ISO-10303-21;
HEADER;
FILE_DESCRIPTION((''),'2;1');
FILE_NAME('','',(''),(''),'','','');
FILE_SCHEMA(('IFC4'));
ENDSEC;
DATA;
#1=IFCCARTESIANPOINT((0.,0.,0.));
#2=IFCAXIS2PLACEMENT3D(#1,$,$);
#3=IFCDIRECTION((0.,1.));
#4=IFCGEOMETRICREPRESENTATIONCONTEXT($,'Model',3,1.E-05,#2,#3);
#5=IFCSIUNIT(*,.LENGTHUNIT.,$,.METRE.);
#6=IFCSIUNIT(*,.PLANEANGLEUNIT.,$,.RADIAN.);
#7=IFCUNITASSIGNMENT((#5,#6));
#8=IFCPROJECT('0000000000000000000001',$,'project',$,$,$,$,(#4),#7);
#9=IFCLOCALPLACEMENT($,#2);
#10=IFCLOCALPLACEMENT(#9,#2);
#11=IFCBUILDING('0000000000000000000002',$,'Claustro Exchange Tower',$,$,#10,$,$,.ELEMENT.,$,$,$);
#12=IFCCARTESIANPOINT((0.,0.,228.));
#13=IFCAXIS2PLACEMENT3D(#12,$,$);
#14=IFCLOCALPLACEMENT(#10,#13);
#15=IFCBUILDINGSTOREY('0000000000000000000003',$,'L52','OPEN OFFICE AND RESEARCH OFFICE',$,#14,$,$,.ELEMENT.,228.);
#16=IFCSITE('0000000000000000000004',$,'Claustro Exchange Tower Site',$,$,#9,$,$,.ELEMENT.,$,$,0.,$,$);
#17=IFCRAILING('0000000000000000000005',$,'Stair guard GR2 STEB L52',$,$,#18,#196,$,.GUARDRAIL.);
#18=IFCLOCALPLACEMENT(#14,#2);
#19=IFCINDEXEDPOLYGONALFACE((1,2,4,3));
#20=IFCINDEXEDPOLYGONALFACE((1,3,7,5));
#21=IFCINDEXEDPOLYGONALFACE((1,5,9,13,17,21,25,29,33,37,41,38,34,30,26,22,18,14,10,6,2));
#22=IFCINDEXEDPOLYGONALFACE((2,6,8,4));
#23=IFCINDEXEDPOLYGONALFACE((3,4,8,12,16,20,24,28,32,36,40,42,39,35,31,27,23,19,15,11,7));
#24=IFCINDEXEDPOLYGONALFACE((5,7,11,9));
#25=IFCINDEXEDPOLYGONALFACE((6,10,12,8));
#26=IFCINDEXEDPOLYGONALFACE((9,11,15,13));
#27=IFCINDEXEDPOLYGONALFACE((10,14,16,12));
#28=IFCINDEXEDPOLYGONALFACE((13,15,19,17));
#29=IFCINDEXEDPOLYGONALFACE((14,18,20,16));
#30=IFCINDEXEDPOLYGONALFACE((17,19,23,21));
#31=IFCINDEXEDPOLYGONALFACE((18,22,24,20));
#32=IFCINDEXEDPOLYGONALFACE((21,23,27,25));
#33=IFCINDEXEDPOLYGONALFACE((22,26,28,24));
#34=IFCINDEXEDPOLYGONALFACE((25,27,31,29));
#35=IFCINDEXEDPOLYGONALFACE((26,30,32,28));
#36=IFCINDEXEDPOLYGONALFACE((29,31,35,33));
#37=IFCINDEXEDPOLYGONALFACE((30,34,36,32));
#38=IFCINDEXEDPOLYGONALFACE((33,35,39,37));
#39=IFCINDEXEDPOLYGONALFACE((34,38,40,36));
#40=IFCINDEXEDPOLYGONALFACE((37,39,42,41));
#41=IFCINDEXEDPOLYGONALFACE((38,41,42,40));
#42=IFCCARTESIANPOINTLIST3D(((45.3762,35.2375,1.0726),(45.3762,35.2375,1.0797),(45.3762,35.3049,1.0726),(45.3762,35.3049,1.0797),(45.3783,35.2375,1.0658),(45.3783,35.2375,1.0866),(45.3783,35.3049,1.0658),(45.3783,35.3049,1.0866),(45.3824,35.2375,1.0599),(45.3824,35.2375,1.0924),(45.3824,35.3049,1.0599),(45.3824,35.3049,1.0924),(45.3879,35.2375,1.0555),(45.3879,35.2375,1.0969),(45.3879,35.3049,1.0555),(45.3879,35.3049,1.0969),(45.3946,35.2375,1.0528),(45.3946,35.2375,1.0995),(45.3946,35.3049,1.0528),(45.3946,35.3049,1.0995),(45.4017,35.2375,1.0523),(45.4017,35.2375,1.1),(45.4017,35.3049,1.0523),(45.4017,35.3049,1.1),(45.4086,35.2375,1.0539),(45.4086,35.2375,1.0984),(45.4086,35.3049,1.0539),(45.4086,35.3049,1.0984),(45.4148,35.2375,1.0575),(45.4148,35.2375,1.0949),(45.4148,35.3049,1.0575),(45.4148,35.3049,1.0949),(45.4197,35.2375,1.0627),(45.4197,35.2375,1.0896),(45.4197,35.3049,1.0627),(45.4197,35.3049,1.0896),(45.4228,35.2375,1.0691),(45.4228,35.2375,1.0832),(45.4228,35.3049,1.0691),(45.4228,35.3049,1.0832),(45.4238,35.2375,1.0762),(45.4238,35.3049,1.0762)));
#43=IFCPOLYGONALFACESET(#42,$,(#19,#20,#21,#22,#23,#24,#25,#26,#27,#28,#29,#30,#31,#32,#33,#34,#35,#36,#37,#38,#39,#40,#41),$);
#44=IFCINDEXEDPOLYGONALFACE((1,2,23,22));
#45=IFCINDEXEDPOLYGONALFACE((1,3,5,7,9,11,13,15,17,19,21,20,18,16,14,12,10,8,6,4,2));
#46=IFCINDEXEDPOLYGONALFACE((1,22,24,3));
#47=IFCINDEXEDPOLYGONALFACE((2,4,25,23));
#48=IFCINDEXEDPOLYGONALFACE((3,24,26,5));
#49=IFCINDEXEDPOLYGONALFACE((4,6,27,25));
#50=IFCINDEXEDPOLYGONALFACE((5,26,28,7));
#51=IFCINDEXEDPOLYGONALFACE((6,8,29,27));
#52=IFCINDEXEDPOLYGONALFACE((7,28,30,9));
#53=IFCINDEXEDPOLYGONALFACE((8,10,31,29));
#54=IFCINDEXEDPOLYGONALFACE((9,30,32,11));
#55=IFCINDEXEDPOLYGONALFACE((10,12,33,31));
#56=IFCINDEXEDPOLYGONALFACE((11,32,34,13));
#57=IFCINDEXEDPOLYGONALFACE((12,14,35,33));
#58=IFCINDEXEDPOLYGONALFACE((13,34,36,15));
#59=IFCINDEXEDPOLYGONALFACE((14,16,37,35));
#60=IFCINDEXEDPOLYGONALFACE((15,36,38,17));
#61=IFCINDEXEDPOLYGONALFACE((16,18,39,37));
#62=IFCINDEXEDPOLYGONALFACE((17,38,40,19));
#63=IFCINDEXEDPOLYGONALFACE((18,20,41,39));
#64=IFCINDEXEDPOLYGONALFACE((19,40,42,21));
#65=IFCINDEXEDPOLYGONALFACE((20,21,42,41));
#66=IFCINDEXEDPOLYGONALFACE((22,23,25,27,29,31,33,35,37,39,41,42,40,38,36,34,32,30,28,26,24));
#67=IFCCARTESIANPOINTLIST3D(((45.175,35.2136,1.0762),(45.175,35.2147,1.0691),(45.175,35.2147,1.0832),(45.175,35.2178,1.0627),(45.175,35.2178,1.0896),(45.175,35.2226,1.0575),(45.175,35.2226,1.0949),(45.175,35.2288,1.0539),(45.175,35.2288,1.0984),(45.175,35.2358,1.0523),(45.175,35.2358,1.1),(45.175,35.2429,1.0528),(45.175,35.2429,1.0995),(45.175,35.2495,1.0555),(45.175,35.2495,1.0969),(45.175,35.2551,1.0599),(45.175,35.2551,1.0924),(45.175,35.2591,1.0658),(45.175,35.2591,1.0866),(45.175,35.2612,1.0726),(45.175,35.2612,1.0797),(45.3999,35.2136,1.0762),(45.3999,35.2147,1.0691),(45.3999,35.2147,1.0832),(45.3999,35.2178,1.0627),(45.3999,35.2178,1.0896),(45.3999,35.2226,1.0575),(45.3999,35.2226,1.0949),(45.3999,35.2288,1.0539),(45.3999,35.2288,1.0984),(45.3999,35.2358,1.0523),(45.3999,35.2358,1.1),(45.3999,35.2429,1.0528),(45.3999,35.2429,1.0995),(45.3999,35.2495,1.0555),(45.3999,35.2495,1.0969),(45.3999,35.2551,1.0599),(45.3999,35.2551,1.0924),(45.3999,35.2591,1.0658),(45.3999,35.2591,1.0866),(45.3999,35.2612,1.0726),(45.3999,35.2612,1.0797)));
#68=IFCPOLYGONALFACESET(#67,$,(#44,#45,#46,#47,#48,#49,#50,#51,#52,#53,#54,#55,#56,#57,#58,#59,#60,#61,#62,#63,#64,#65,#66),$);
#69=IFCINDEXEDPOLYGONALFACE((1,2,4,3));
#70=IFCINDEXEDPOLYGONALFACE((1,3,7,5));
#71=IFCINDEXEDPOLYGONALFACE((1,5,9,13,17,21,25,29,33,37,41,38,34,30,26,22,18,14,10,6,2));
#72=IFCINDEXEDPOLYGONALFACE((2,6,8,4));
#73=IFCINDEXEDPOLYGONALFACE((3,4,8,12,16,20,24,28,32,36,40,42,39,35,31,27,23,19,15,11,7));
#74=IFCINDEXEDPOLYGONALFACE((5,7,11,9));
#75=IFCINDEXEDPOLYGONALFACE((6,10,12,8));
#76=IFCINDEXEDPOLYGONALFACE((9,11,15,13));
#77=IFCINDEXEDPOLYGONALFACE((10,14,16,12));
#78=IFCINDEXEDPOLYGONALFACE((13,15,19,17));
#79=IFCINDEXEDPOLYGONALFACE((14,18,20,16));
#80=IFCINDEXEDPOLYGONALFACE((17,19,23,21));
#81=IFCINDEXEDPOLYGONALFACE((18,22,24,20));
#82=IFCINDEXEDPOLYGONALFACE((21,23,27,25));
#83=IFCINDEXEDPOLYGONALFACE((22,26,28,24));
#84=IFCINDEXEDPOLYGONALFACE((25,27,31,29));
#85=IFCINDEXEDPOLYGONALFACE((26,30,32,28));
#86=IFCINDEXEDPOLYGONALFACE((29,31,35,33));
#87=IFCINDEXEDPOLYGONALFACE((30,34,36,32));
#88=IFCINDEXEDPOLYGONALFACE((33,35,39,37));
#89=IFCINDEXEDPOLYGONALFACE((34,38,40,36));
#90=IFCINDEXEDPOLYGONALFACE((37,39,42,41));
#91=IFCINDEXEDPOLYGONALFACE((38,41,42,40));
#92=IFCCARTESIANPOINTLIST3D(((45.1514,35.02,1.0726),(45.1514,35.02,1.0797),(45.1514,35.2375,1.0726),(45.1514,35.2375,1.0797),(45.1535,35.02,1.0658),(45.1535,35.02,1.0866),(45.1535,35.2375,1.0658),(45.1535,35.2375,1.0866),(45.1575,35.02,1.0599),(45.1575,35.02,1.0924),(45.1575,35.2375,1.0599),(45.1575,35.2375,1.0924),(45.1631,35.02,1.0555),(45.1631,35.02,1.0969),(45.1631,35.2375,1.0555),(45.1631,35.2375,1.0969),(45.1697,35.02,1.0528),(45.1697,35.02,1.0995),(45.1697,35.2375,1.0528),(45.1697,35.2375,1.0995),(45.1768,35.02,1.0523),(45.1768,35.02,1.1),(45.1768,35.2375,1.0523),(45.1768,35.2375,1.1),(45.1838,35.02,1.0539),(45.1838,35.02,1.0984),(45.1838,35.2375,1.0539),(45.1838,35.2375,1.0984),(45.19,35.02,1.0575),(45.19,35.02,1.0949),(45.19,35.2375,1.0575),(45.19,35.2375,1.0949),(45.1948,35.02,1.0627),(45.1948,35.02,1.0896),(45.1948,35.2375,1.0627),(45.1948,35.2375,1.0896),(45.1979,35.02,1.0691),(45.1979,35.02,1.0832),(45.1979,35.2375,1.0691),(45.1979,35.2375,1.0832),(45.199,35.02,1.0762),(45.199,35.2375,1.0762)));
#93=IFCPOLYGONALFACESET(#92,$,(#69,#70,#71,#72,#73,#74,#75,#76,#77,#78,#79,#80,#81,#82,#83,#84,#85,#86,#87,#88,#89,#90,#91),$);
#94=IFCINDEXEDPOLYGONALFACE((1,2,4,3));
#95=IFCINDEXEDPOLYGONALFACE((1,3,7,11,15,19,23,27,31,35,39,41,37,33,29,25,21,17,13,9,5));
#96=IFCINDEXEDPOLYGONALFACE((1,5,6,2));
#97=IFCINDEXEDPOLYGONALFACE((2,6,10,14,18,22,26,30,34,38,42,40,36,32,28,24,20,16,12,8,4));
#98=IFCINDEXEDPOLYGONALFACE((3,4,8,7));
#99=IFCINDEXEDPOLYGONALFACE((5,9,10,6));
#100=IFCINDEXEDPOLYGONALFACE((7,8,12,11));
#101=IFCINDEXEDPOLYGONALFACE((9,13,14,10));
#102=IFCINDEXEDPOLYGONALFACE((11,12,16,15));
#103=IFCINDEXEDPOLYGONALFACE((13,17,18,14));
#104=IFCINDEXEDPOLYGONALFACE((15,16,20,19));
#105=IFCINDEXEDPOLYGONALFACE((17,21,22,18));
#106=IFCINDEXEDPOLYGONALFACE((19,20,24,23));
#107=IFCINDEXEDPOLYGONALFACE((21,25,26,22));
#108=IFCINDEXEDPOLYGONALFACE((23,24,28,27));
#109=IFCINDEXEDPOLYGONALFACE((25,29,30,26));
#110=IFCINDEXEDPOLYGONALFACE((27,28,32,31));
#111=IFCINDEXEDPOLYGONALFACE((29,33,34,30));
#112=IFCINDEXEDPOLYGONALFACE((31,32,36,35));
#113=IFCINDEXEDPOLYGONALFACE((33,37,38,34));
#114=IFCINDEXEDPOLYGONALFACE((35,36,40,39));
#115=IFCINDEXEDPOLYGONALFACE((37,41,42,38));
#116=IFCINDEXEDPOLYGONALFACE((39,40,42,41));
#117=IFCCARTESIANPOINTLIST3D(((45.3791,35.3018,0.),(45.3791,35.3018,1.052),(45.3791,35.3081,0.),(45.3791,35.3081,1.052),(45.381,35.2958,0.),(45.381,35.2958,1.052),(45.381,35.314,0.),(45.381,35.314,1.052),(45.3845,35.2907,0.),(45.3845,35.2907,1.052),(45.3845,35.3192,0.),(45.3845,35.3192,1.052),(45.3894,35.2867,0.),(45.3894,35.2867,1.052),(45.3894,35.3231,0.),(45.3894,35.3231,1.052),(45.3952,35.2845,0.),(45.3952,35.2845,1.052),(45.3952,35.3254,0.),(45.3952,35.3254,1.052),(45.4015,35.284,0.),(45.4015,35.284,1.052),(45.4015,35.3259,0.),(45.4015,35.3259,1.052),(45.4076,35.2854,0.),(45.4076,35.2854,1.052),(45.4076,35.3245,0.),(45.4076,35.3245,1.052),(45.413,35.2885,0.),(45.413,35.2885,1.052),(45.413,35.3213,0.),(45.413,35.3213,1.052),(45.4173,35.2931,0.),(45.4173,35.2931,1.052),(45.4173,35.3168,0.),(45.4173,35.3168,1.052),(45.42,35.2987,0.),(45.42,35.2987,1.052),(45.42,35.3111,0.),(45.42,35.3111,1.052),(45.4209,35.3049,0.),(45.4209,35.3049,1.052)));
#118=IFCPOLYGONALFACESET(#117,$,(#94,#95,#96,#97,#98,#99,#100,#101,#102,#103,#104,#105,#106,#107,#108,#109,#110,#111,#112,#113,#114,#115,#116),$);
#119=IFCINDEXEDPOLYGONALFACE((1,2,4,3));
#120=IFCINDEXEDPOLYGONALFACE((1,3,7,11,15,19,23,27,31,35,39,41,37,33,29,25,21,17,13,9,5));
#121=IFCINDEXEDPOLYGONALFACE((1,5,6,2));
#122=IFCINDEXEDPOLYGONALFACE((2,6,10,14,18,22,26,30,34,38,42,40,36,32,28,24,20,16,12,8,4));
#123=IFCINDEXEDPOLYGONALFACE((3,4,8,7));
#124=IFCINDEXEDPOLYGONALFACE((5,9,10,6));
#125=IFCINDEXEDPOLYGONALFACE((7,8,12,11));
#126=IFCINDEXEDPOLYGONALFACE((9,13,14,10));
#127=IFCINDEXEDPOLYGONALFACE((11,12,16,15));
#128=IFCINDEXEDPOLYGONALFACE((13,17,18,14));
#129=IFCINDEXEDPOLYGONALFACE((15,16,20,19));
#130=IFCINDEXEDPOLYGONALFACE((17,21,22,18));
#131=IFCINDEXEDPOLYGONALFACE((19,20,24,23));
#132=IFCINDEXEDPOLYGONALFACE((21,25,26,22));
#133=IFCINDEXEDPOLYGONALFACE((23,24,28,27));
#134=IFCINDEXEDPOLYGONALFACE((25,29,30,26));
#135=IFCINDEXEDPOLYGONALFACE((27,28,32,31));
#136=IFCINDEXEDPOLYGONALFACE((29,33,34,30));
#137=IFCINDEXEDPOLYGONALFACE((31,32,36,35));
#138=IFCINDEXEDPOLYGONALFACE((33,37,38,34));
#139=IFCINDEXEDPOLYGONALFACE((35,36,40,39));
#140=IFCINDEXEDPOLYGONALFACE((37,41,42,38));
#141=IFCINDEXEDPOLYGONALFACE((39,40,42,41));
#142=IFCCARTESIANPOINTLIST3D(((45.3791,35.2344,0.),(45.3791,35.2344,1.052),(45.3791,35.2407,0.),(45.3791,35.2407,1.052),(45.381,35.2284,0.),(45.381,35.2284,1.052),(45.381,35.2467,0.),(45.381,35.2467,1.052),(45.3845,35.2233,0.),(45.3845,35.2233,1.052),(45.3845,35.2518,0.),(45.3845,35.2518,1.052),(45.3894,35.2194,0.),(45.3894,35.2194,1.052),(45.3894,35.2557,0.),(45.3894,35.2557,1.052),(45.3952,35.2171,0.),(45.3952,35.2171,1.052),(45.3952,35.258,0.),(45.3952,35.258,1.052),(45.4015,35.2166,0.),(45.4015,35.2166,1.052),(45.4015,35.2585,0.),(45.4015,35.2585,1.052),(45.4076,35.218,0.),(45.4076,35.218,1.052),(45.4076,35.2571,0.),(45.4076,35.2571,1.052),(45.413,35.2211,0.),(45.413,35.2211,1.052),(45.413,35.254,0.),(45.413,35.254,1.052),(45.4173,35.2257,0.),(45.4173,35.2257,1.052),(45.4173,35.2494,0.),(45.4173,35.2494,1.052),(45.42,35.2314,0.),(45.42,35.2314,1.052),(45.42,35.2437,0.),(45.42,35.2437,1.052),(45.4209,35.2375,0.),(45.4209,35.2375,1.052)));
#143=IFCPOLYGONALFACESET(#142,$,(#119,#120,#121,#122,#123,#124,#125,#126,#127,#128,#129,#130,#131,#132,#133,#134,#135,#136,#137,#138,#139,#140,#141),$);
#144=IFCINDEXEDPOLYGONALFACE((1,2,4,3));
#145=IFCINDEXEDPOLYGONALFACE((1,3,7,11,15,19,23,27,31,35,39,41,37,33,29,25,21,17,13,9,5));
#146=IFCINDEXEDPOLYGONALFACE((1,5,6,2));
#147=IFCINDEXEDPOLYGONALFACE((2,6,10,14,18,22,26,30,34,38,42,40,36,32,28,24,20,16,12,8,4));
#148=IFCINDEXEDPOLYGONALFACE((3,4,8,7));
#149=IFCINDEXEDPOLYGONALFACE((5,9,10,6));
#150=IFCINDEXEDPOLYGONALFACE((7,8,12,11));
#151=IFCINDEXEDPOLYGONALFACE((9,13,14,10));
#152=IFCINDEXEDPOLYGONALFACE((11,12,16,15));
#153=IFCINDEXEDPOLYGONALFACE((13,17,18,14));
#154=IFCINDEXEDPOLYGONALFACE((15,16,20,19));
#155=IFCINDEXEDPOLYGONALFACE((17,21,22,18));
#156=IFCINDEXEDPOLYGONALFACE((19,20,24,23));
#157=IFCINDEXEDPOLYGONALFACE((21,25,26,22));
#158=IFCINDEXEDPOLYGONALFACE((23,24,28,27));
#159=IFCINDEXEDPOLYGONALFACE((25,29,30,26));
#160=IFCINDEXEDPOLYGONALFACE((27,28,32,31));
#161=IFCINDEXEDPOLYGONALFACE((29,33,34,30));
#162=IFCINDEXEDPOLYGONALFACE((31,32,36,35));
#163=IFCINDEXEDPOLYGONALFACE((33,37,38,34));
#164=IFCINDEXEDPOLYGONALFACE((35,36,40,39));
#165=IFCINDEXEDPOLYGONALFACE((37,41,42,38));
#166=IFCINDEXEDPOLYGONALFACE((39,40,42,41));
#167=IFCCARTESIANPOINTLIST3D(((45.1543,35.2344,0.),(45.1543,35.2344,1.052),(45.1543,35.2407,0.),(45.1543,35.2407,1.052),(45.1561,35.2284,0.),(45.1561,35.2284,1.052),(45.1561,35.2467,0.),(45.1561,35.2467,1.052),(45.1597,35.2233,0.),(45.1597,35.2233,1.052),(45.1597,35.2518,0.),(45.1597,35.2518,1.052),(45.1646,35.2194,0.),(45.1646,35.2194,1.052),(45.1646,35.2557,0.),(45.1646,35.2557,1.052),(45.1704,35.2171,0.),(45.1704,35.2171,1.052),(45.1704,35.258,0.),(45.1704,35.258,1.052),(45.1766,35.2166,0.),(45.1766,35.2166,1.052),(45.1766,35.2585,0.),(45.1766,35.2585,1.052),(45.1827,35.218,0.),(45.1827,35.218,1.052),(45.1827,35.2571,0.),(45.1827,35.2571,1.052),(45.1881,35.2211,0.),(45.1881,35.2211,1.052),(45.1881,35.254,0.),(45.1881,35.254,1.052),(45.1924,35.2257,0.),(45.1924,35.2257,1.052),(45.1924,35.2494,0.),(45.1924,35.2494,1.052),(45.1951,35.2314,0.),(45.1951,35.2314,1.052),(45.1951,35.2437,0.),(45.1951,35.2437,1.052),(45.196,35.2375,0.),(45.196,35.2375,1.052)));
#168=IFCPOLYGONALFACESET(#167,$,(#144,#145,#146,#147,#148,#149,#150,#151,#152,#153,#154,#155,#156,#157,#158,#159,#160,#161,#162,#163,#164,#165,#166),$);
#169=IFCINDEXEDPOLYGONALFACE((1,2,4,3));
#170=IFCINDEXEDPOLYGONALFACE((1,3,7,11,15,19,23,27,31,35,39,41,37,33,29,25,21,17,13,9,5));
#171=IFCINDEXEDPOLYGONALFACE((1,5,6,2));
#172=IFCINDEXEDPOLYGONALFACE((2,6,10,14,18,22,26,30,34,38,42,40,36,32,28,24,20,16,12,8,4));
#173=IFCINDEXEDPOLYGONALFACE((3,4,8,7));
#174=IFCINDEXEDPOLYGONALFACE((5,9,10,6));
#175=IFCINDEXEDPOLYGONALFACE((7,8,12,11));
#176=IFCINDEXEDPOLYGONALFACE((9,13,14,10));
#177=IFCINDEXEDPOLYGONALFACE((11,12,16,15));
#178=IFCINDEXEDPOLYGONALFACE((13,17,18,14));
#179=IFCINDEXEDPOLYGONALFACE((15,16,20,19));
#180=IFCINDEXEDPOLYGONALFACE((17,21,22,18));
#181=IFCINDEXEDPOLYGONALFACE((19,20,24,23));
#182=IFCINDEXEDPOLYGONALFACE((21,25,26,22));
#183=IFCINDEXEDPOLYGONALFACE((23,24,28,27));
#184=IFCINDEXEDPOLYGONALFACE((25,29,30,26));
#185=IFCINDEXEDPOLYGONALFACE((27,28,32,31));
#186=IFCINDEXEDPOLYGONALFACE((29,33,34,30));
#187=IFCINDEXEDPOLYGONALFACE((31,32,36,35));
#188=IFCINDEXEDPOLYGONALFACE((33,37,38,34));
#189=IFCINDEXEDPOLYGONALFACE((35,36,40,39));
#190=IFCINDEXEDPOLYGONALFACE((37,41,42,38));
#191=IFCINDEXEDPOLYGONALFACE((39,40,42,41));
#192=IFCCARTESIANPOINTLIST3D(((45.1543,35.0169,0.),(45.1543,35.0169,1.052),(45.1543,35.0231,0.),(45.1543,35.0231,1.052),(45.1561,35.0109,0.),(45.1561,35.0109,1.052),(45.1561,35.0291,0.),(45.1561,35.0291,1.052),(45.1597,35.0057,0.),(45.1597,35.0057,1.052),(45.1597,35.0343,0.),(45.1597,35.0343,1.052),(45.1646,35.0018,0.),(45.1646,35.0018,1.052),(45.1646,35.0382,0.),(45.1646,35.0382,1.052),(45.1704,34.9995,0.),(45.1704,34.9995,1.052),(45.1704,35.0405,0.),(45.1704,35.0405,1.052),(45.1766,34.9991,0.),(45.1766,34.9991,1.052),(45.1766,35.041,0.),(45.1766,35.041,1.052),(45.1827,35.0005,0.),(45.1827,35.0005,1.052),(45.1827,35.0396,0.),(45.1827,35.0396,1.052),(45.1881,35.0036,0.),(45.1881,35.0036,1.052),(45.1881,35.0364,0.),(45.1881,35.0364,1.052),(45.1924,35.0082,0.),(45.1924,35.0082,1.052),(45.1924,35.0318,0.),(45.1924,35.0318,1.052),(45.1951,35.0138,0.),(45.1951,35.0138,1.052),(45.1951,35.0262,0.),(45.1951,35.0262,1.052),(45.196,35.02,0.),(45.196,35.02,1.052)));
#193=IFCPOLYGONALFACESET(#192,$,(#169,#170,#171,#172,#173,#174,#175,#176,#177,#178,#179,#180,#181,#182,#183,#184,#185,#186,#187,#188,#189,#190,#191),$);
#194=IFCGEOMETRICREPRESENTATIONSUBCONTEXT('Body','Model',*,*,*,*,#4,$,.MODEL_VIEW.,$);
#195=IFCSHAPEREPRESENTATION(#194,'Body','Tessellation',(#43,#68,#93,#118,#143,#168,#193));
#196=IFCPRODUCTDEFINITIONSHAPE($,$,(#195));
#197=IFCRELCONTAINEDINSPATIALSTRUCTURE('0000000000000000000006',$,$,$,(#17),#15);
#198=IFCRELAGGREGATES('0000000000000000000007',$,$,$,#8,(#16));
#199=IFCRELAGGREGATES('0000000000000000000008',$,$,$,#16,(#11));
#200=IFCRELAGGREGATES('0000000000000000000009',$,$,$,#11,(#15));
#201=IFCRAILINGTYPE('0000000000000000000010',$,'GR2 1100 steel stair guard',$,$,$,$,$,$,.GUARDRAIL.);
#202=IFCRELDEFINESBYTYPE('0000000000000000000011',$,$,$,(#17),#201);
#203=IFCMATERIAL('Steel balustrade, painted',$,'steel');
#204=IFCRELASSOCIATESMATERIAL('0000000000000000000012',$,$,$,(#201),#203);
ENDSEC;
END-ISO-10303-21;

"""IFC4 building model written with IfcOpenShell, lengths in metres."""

from ifc_helpers import new_model, si_unit, direction, frame, origin, origin_2d, place, context, subcontext, project, spatial, circle, extrude, material, type_object, element, save


model = new_model("IFC4")

# Units and contexts
model_context = context("Model", 3, precision=1e-05, world=origin(), true_north=direction((0.0, 1.0)))
body_context = subcontext(model_context, "Body", "Model", "MODEL_VIEW")
ifc_project = project(units=[si_unit("LENGTHUNIT", "METRE"), si_unit("PLANEANGLEUNIT", "RADIAN")], contexts=[model_context])

# Site, building, storey
site_placement = place(None, origin())
site = spatial("IfcSite", under=ifc_project, at=site_placement, Name="Claustro Exchange Tower Site", CompositionType="ELEMENT", RefElevation=0.0)
building_placement = place(site_placement, origin())
building = spatial("IfcBuilding", under=site, at=building_placement, Name="Claustro Exchange Tower", CompositionType="ELEMENT")
storey_placement = place(building_placement, frame((0.0, 0.0, 228.0)))
storey = spatial("IfcBuildingStorey", under=building, at=storey_placement, Name="L52", Description="OPEN OFFICE AND RESEARCH OFFICE", CompositionType="ELEMENT", Elevation=228.0)

# Railing
ifc_material_1 = material(Name="Steel balustrade, painted", Category="steel")
railing_type_1 = type_object("IfcRailingType", Name="GR2 1100 steel stair guard", PredefinedType="GUARDRAIL", material=ifc_material_1)
railing_1_placement = place(storey_placement, frame((45.3999, 35.3049, 0.0)))
element("IfcRailing", 1, at=railing_1_placement, inside=storey, type_object=railing_type_1, Name="Stair guard GR2 STEB L52", PredefinedType="GUARDRAIL", context=body_context, shape_type="SweptSolid", body=[
    extrude(circle(Radius=0.0239, at=origin_2d()), frame((0.0, 0.0, 1.0762), z_axis=(0.0, -1.0, 0.0), x_axis=(1.0, 0.0, 0.0)), (0.0, 0.0, 1.0), 0.0674),
    extrude(circle(Radius=0.0239, at=origin_2d()), frame((0.0, -0.0674, 1.0762), z_axis=(-1.0, 0.0, 0.0), x_axis=(0.0, -1.0, 0.0)), (0.0, 0.0, 1.0), 0.2249),
    extrude(circle(Radius=0.0239, at=origin_2d()), frame((-0.2249, -0.0674, 1.0762), z_axis=(0.0, -1.0, 0.0), x_axis=(1.0, 0.0, 0.0)), (0.0, 0.0, 1.0), 0.2175),
    extrude(circle(Radius=0.021, at=origin_2d()), origin(), (0.0, 0.0, 1.0), 1.052),
    extrude(circle(Radius=0.021, at=origin_2d()), frame((0.0, -0.0674, 0.0)), (0.0, 0.0, 1.0), 1.052),
    extrude(circle(Radius=0.021, at=origin_2d()), frame((-0.2249, -0.0674, 0.0)), (0.0, 0.0, 1.0), 1.052),
    extrude(circle(Radius=0.021, at=origin_2d()), frame((-0.2249, -0.2849, 0.0)), (0.0, 0.0, 1.0), 1.052),
])

save(model, "model.ifc")
